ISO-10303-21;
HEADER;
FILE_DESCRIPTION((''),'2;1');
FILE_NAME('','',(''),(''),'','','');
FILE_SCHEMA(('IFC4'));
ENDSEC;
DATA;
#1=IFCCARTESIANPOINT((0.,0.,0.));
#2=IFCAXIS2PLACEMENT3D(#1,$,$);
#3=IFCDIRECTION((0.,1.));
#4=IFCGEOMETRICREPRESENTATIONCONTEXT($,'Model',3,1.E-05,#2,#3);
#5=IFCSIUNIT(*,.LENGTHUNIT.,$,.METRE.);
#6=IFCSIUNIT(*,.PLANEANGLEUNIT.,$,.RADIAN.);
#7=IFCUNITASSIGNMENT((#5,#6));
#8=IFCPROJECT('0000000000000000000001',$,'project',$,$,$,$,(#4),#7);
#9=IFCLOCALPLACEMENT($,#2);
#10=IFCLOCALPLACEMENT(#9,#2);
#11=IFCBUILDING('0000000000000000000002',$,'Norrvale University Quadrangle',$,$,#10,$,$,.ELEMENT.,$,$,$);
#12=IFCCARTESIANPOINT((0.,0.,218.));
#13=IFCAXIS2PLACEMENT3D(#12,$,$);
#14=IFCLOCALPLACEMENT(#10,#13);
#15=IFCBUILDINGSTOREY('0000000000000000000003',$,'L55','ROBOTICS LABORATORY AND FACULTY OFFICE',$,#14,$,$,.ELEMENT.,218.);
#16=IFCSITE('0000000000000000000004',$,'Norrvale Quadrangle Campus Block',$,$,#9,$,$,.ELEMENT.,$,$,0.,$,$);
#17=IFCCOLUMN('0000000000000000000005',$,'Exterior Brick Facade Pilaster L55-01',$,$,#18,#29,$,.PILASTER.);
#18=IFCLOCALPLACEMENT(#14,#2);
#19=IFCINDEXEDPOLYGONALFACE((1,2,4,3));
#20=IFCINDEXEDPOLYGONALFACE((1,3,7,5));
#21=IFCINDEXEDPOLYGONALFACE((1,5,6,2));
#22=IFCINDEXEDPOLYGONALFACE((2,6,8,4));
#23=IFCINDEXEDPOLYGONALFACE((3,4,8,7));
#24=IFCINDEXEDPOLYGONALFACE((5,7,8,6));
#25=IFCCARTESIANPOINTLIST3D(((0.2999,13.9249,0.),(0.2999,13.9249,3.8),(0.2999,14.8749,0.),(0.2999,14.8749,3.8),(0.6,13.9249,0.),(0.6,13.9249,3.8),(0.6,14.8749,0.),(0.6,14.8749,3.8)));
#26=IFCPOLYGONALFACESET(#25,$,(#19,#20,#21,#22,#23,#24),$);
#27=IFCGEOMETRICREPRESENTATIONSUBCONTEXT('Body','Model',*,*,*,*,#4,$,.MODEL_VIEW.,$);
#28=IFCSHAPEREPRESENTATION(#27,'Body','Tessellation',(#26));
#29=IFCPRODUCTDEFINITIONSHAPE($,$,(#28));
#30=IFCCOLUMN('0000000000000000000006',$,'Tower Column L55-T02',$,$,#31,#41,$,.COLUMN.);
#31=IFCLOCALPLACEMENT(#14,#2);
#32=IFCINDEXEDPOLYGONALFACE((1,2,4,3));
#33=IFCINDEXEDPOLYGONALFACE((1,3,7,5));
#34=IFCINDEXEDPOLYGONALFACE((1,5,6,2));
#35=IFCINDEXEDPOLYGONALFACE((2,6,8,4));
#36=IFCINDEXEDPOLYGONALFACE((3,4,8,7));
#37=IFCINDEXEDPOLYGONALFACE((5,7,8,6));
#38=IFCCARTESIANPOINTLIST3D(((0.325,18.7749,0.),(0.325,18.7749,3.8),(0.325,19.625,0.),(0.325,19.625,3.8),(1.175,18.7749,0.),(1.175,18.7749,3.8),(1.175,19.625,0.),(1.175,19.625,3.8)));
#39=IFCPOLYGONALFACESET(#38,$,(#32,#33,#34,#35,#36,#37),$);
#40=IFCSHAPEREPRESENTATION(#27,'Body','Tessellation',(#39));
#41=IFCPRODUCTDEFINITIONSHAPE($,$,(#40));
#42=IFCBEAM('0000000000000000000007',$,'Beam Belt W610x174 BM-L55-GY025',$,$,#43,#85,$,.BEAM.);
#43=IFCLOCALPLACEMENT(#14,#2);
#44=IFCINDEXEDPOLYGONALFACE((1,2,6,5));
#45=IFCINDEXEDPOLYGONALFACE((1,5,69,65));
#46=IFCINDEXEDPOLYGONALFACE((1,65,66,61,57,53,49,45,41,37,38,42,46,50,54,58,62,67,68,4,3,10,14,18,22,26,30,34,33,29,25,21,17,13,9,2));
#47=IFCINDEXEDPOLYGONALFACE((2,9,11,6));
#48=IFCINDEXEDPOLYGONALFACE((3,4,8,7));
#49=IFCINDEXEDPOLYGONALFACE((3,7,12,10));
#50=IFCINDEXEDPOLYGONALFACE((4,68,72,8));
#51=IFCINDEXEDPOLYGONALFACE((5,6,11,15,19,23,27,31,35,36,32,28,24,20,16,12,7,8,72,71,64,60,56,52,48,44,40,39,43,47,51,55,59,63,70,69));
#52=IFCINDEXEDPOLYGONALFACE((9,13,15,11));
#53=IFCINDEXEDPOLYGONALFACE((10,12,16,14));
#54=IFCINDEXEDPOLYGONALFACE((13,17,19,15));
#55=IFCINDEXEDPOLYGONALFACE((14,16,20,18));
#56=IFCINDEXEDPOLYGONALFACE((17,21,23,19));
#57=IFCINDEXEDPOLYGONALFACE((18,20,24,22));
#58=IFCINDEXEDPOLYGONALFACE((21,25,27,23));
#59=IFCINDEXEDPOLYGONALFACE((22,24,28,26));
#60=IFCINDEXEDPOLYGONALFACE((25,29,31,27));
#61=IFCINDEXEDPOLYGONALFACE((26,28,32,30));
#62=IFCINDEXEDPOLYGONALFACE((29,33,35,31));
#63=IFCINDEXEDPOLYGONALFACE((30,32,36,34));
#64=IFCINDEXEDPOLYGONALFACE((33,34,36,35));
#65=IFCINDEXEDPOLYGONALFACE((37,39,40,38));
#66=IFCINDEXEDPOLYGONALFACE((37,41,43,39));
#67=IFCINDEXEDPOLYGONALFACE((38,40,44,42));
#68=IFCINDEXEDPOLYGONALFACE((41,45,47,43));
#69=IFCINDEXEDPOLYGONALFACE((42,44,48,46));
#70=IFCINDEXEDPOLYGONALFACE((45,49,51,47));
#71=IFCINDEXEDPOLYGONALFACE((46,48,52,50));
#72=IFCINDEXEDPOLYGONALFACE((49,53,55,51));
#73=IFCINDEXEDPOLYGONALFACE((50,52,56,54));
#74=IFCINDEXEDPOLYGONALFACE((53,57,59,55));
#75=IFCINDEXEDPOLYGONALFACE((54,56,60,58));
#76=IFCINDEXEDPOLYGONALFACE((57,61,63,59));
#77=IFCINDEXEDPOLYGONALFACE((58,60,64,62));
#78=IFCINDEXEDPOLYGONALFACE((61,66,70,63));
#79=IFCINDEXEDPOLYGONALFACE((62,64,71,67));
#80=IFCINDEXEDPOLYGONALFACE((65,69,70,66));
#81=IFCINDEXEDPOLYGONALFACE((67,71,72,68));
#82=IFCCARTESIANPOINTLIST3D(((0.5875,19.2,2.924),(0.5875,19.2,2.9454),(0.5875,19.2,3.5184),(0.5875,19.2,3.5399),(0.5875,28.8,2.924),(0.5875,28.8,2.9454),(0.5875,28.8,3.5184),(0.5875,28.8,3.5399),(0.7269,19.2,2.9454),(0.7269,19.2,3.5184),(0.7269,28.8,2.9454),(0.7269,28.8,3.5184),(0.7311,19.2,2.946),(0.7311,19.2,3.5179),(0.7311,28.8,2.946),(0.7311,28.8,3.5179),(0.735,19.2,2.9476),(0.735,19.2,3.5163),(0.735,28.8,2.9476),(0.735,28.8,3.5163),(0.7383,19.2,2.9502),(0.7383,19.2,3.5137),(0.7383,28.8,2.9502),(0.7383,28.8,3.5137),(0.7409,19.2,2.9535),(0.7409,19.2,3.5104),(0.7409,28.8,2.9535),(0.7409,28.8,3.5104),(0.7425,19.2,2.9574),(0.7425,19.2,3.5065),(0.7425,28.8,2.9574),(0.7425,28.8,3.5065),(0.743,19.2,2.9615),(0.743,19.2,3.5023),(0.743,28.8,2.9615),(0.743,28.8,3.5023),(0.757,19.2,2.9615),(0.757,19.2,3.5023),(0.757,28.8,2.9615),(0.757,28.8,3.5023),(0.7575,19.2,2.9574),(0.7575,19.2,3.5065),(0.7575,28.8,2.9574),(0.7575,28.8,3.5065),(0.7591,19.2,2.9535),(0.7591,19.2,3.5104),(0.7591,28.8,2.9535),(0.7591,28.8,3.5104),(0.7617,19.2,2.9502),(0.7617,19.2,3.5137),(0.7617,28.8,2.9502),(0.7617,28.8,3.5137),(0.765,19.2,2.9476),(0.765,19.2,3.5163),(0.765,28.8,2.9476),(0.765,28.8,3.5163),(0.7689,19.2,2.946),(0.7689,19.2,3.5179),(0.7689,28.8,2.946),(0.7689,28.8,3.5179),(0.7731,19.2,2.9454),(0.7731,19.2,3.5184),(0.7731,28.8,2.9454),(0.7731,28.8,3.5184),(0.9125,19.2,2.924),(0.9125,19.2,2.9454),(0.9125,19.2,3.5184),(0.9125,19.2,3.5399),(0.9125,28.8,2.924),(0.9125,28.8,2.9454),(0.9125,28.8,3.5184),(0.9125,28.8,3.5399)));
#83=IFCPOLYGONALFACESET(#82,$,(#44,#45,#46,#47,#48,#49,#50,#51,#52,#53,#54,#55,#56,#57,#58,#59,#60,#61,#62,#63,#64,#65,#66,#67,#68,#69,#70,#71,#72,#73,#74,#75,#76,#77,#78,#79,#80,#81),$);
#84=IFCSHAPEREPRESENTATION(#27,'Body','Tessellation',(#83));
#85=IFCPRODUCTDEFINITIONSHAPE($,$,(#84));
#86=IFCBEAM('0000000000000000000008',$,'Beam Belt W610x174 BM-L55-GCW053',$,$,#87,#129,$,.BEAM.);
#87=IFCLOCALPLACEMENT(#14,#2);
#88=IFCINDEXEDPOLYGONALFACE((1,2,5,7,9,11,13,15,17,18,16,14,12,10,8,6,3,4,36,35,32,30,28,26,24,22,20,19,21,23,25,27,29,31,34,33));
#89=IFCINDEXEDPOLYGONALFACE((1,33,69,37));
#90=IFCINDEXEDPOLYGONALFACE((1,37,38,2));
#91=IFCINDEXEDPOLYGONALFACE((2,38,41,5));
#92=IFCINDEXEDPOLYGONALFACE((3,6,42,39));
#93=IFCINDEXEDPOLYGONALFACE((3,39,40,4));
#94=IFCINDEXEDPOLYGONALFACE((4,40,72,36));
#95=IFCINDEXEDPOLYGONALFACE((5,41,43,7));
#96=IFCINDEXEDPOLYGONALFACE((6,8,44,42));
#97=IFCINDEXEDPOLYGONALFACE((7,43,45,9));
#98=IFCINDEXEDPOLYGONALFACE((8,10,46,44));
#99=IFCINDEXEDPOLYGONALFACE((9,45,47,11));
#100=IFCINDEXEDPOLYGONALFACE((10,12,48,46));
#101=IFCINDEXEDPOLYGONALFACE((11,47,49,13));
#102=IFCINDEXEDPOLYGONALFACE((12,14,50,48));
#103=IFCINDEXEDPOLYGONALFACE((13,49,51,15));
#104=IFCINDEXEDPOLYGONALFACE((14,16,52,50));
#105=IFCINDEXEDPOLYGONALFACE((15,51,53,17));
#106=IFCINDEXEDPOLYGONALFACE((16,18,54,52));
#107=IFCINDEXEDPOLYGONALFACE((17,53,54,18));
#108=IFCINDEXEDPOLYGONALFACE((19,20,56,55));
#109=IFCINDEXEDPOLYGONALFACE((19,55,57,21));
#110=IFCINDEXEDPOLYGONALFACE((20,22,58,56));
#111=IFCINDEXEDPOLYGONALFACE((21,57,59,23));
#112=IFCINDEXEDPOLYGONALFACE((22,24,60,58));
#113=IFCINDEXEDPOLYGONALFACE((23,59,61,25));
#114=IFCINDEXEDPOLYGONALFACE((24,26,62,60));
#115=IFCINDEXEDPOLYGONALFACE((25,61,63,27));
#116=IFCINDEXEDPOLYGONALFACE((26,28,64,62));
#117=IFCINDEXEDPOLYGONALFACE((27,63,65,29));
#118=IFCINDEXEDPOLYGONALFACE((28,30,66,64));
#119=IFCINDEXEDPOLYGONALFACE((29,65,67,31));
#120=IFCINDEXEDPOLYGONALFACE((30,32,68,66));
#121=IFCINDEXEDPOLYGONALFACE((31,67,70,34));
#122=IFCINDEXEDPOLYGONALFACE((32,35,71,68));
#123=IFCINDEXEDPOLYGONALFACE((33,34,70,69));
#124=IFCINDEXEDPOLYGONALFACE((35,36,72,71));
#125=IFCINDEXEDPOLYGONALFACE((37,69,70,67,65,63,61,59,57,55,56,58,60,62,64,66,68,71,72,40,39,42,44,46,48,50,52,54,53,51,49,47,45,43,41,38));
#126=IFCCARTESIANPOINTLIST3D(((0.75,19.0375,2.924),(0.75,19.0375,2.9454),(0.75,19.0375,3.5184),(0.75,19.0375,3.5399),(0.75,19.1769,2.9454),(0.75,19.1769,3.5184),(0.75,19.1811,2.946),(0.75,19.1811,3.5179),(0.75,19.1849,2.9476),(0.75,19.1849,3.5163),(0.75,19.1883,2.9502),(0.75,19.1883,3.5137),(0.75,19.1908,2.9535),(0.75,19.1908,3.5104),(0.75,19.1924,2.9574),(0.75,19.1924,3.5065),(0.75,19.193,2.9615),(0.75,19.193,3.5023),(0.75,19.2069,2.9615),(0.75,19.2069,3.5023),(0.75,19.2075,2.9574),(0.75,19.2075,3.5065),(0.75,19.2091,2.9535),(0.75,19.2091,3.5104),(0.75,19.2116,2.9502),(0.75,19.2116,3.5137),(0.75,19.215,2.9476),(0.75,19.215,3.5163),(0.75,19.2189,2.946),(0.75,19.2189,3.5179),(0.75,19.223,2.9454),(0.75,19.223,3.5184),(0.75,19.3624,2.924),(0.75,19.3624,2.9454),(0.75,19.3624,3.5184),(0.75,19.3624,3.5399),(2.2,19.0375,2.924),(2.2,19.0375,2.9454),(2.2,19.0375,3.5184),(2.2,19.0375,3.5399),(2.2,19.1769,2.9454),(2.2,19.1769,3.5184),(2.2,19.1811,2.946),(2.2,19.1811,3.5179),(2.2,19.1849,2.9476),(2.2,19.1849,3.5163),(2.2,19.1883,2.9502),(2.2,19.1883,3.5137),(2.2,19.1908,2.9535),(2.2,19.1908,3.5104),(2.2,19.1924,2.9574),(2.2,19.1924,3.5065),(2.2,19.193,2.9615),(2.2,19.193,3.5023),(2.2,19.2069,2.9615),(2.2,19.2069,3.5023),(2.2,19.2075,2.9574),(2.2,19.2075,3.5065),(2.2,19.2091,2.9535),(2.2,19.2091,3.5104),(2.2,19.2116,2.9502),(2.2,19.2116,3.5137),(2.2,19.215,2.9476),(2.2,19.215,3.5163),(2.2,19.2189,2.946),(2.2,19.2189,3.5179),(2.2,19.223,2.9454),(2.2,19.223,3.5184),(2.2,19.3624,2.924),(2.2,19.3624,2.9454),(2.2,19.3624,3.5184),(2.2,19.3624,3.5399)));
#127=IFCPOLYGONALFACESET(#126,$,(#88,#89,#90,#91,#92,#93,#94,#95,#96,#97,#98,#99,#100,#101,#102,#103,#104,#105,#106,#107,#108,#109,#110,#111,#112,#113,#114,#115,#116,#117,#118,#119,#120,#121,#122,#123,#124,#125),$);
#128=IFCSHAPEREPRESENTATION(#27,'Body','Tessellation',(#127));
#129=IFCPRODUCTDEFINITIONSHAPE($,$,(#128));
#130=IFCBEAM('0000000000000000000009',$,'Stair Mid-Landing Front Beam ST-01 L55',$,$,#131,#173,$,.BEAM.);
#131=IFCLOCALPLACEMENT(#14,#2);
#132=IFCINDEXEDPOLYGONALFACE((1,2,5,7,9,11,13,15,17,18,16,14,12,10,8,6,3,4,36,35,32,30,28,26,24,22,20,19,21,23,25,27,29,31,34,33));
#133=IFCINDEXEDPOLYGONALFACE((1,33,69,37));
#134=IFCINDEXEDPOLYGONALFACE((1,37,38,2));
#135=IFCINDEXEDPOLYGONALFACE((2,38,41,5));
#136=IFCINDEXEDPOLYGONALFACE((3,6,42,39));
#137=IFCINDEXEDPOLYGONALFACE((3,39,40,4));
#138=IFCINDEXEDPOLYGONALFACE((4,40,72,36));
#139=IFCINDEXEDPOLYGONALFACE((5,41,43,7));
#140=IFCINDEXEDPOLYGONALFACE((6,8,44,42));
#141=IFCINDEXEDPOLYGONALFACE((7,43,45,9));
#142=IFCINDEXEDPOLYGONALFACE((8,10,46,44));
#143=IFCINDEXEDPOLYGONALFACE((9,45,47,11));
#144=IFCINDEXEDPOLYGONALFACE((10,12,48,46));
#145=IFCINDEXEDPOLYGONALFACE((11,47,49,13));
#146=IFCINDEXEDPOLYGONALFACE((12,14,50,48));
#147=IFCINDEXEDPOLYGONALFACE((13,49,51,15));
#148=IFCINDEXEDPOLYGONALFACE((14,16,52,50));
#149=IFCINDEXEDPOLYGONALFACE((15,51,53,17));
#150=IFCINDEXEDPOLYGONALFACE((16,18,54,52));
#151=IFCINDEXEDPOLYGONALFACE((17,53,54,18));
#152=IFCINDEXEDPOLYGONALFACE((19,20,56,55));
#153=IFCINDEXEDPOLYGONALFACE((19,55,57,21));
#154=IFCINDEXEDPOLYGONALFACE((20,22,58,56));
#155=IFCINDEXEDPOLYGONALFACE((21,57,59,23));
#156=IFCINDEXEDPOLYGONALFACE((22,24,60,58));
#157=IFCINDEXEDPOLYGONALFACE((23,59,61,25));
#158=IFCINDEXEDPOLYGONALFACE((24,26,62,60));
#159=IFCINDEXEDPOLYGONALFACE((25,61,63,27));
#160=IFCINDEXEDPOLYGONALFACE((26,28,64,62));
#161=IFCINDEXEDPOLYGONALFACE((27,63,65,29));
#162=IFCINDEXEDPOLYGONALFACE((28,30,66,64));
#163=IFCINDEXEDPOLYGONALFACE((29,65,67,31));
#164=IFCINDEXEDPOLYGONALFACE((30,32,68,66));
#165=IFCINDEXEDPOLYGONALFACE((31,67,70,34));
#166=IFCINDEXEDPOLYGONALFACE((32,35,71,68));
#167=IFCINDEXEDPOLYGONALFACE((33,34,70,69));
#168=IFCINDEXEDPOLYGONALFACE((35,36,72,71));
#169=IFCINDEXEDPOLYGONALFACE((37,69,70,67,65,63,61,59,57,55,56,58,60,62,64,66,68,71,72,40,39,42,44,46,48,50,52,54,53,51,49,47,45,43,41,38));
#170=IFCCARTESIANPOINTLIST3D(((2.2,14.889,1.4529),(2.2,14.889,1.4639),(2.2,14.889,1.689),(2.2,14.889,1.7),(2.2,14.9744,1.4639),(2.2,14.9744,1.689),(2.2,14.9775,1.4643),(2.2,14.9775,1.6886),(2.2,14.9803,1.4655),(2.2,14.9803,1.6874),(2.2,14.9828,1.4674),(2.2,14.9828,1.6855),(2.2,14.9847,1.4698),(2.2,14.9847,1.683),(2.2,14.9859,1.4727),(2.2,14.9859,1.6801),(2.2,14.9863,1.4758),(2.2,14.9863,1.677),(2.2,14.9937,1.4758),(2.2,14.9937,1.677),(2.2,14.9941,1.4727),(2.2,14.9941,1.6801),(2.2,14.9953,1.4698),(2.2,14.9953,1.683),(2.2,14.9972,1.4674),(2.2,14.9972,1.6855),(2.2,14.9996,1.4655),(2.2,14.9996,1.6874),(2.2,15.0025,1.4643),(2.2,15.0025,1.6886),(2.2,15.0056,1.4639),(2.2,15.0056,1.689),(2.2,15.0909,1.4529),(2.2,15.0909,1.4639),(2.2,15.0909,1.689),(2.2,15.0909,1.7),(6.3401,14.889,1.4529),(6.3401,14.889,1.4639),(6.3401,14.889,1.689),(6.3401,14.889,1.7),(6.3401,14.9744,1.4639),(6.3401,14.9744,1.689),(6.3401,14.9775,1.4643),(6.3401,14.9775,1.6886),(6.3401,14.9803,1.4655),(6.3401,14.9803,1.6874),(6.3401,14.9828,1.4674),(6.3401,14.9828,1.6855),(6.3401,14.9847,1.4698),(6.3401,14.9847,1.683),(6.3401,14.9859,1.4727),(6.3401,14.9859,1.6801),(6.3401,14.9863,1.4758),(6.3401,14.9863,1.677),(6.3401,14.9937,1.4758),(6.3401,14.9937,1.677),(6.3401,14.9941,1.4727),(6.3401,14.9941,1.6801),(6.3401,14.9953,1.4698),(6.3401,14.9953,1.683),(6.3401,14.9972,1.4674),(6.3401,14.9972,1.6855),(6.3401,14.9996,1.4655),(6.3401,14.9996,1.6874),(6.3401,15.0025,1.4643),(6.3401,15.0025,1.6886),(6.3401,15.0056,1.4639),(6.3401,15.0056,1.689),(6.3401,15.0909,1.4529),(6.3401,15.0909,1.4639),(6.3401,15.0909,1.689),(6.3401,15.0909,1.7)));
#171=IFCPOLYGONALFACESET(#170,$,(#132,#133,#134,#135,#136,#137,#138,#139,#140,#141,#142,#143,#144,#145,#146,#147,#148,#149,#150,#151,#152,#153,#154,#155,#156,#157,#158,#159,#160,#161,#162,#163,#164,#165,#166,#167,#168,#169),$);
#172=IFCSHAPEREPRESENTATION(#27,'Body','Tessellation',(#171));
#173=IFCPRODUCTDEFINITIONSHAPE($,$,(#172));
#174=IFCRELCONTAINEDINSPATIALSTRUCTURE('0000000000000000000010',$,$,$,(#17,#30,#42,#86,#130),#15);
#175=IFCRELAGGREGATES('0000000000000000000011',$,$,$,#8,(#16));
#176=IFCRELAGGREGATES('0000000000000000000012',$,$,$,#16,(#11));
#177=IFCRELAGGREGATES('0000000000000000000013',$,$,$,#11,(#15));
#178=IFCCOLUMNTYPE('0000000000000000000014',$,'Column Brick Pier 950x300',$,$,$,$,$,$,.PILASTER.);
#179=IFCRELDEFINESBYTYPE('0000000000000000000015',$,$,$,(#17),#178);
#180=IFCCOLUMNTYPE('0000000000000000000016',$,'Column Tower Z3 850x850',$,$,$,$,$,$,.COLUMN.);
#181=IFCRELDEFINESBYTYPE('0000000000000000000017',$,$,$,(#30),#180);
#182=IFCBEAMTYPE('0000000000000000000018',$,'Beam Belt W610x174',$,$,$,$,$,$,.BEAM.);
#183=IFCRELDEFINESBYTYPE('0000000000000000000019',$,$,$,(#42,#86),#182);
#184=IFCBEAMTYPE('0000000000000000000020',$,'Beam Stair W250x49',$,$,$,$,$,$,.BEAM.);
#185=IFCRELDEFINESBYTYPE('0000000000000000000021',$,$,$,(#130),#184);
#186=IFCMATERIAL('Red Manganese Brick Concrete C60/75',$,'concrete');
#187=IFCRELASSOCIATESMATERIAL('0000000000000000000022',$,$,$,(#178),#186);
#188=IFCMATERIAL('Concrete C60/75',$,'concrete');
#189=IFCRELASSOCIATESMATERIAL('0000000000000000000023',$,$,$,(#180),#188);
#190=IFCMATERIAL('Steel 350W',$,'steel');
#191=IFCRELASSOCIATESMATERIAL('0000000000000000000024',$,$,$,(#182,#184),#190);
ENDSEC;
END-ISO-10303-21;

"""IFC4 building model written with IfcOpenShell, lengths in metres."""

from ifc_helpers import new_model, si_unit, direction, frame, origin, origin_2d, place, context, subcontext, project, spatial, rectangle, i_section, extrude, material, material_profile, profile_set, type_object, element, save


model = new_model("IFC4")

# Units and contexts
model_context = context("Model", 3, precision=1e-05, world=origin(), true_north=direction((0.0, 1.0)))
body_context = subcontext(model_context, "Body", "Model", "MODEL_VIEW")
ifc_project = project(units=[si_unit("LENGTHUNIT", "METRE"), si_unit("PLANEANGLEUNIT", "RADIAN")], contexts=[model_context])

# Site, building, storey
site_placement = place(None, origin())
site = spatial("IfcSite", under=ifc_project, at=site_placement, Name="Norrvale Quadrangle Campus Block", CompositionType="ELEMENT", RefElevation=0.0)
building_placement = place(site_placement, origin())
building = spatial("IfcBuilding", under=site, at=building_placement, Name="Norrvale University Quadrangle", CompositionType="ELEMENT")
storey_placement = place(building_placement, frame((0.0, 0.0, 218.0)))
storey = spatial("IfcBuildingStorey", under=building, at=storey_placement, Name="L55", Description="ROBOTICS LABORATORY AND FACULTY OFFICE", CompositionType="ELEMENT", Elevation=218.0)

# Columns
ifc_material_1 = material(Name="Red Manganese Brick Concrete C60/75", Category="concrete")
ifc_material_profile_1 = material_profile(ifc_material_1, rectangle(XDim=0.95, YDim=0.3, at=origin_2d()), Name="Red Manganese Brick Concrete C60/75")
ifc_profile_set_1 = profile_set([ifc_material_profile_1], Name="Red Manganese Brick Concrete C60/75")
column_type_1 = type_object("IfcColumnType", Name="Column Brick Pier 950x300", PredefinedType="PILASTER", material=ifc_profile_set_1)
column_1_placement = place(storey_placement, frame((0.45, 14.3999, 0.0), z_axis=(0.0, 0.0, 1.0), x_axis=(0.0, 1.0, 0.0)))
element("IfcColumn", 1, at=column_1_placement, inside=storey, type_object=column_type_1, Name="Exterior Brick Facade Pilaster L55-01", PredefinedType="PILASTER", context=body_context, shape_type="SweptSolid", body=[
    extrude(rectangle(XDim=0.95, YDim=0.3, at=origin_2d()), origin(), (0.0, 0.0, 1.0), 3.8),
])
ifc_material_2 = material(Name="Concrete C60/75", Category="concrete")
ifc_material_profile_2 = material_profile(ifc_material_2, rectangle(XDim=0.8501, YDim=0.8501, at=origin_2d()), Name="Concrete C60/75")
ifc_profile_set_2 = profile_set([ifc_material_profile_2], Name="Concrete C60/75")
column_type_2 = type_object("IfcColumnType", Name="Column Tower Z3 850x850", PredefinedType="COLUMN", material=ifc_profile_set_2)
column_2_placement = place(storey_placement, frame((0.75, 19.2, 0.0), z_axis=(0.0, 0.0, 1.0), x_axis=(1.0, 0.0, 0.0)))
element("IfcColumn", 2, at=column_2_placement, inside=storey, type_object=column_type_2, Name="Tower Column L55-T02", PredefinedType="COLUMN", context=body_context, shape_type="SweptSolid", body=[
    extrude(rectangle(XDim=0.8501, YDim=0.8501, at=origin_2d()), origin(), (0.0, 0.0, 1.0), 3.8),
])

# Beams
ifc_material_3 = material(Name="Steel 350W", Category="steel")
ifc_material_profile_3 = material_profile(ifc_material_3, i_section(OverallWidth=0.325, OverallDepth=0.616, WebThickness=0.0139, FlangeThickness=0.0215, FilletRadius=0.0161, at=origin_2d()), Name="Steel 350W")
ifc_profile_set_3 = profile_set([ifc_material_profile_3], Name="Steel 350W")
beam_type_1 = type_object("IfcBeamType", Name="Beam Belt W610x174", PredefinedType="BEAM", material=ifc_profile_set_3)
beam_1_placement = place(storey_placement, frame((0.75, 19.2, 3.2319), z_axis=(0.0, 1.0, 0.0), x_axis=(-1.0, 0.0, 0.0)))
element("IfcBeam", 3, at=beam_1_placement, inside=storey, type_object=beam_type_1, Name="Beam Belt W610x174 BM-L55-GY025", PredefinedType="BEAM", context=body_context, shape_type="SweptSolid", body=[
    extrude(i_section(OverallWidth=0.325, OverallDepth=0.616, WebThickness=0.0139, FlangeThickness=0.0215, FilletRadius=0.0161, at=origin_2d()), origin(), (0.0, 0.0, 1.0), 9.6001),
])
beam_2_placement = place(storey_placement, frame((0.75, 19.2, 3.2319), z_axis=(1.0, 0.0, 0.0), x_axis=(0.0, 1.0, 0.0)))
element("IfcBeam", 4, at=beam_2_placement, inside=storey, type_object=beam_type_1, Name="Beam Belt W610x174 BM-L55-GCW053", PredefinedType="BEAM", context=body_context, shape_type="SweptSolid", body=[
    extrude(i_section(OverallWidth=0.325, OverallDepth=0.616, WebThickness=0.0139, FlangeThickness=0.0215, FilletRadius=0.0161, at=origin_2d()), origin(), (0.0, 0.0, 1.0), 1.45),
])
ifc_material_profile_4 = material_profile(ifc_material_3, i_section(OverallWidth=0.2019, OverallDepth=0.2471, WebThickness=0.0073, FlangeThickness=0.011, FilletRadius=0.012, at=origin_2d()), Name="Steel 350W")
ifc_profile_set_4 = profile_set([ifc_material_profile_4], Name="Steel 350W")
beam_type_2 = type_object("IfcBeamType", Name="Beam Stair W250x49", PredefinedType="BEAM", material=ifc_profile_set_4)
for number, where, z_axis, x_axis, name in (
    (5, (2.2, 14.99, 1.5764), (1.0, 0.0, 0.0), (0.0, 1.0, 0.0), "Stair Mid-Landing Front Beam ST-01 L55"),
):
    element("IfcBeam", number, at=place(storey_placement, frame(where, z_axis=z_axis, x_axis=x_axis)), inside=storey, type_object=beam_type_2, Name=name, PredefinedType="BEAM", context=body_context, shape_type="SweptSolid", body=[
        extrude(i_section(OverallWidth=0.2019, OverallDepth=0.2471, WebThickness=0.0073, FlangeThickness=0.011, FilletRadius=0.012, at=origin_2d()), origin(), (0.0, 0.0, 1.0), 4.1401),
    ])

save(model, "model.ifc")
